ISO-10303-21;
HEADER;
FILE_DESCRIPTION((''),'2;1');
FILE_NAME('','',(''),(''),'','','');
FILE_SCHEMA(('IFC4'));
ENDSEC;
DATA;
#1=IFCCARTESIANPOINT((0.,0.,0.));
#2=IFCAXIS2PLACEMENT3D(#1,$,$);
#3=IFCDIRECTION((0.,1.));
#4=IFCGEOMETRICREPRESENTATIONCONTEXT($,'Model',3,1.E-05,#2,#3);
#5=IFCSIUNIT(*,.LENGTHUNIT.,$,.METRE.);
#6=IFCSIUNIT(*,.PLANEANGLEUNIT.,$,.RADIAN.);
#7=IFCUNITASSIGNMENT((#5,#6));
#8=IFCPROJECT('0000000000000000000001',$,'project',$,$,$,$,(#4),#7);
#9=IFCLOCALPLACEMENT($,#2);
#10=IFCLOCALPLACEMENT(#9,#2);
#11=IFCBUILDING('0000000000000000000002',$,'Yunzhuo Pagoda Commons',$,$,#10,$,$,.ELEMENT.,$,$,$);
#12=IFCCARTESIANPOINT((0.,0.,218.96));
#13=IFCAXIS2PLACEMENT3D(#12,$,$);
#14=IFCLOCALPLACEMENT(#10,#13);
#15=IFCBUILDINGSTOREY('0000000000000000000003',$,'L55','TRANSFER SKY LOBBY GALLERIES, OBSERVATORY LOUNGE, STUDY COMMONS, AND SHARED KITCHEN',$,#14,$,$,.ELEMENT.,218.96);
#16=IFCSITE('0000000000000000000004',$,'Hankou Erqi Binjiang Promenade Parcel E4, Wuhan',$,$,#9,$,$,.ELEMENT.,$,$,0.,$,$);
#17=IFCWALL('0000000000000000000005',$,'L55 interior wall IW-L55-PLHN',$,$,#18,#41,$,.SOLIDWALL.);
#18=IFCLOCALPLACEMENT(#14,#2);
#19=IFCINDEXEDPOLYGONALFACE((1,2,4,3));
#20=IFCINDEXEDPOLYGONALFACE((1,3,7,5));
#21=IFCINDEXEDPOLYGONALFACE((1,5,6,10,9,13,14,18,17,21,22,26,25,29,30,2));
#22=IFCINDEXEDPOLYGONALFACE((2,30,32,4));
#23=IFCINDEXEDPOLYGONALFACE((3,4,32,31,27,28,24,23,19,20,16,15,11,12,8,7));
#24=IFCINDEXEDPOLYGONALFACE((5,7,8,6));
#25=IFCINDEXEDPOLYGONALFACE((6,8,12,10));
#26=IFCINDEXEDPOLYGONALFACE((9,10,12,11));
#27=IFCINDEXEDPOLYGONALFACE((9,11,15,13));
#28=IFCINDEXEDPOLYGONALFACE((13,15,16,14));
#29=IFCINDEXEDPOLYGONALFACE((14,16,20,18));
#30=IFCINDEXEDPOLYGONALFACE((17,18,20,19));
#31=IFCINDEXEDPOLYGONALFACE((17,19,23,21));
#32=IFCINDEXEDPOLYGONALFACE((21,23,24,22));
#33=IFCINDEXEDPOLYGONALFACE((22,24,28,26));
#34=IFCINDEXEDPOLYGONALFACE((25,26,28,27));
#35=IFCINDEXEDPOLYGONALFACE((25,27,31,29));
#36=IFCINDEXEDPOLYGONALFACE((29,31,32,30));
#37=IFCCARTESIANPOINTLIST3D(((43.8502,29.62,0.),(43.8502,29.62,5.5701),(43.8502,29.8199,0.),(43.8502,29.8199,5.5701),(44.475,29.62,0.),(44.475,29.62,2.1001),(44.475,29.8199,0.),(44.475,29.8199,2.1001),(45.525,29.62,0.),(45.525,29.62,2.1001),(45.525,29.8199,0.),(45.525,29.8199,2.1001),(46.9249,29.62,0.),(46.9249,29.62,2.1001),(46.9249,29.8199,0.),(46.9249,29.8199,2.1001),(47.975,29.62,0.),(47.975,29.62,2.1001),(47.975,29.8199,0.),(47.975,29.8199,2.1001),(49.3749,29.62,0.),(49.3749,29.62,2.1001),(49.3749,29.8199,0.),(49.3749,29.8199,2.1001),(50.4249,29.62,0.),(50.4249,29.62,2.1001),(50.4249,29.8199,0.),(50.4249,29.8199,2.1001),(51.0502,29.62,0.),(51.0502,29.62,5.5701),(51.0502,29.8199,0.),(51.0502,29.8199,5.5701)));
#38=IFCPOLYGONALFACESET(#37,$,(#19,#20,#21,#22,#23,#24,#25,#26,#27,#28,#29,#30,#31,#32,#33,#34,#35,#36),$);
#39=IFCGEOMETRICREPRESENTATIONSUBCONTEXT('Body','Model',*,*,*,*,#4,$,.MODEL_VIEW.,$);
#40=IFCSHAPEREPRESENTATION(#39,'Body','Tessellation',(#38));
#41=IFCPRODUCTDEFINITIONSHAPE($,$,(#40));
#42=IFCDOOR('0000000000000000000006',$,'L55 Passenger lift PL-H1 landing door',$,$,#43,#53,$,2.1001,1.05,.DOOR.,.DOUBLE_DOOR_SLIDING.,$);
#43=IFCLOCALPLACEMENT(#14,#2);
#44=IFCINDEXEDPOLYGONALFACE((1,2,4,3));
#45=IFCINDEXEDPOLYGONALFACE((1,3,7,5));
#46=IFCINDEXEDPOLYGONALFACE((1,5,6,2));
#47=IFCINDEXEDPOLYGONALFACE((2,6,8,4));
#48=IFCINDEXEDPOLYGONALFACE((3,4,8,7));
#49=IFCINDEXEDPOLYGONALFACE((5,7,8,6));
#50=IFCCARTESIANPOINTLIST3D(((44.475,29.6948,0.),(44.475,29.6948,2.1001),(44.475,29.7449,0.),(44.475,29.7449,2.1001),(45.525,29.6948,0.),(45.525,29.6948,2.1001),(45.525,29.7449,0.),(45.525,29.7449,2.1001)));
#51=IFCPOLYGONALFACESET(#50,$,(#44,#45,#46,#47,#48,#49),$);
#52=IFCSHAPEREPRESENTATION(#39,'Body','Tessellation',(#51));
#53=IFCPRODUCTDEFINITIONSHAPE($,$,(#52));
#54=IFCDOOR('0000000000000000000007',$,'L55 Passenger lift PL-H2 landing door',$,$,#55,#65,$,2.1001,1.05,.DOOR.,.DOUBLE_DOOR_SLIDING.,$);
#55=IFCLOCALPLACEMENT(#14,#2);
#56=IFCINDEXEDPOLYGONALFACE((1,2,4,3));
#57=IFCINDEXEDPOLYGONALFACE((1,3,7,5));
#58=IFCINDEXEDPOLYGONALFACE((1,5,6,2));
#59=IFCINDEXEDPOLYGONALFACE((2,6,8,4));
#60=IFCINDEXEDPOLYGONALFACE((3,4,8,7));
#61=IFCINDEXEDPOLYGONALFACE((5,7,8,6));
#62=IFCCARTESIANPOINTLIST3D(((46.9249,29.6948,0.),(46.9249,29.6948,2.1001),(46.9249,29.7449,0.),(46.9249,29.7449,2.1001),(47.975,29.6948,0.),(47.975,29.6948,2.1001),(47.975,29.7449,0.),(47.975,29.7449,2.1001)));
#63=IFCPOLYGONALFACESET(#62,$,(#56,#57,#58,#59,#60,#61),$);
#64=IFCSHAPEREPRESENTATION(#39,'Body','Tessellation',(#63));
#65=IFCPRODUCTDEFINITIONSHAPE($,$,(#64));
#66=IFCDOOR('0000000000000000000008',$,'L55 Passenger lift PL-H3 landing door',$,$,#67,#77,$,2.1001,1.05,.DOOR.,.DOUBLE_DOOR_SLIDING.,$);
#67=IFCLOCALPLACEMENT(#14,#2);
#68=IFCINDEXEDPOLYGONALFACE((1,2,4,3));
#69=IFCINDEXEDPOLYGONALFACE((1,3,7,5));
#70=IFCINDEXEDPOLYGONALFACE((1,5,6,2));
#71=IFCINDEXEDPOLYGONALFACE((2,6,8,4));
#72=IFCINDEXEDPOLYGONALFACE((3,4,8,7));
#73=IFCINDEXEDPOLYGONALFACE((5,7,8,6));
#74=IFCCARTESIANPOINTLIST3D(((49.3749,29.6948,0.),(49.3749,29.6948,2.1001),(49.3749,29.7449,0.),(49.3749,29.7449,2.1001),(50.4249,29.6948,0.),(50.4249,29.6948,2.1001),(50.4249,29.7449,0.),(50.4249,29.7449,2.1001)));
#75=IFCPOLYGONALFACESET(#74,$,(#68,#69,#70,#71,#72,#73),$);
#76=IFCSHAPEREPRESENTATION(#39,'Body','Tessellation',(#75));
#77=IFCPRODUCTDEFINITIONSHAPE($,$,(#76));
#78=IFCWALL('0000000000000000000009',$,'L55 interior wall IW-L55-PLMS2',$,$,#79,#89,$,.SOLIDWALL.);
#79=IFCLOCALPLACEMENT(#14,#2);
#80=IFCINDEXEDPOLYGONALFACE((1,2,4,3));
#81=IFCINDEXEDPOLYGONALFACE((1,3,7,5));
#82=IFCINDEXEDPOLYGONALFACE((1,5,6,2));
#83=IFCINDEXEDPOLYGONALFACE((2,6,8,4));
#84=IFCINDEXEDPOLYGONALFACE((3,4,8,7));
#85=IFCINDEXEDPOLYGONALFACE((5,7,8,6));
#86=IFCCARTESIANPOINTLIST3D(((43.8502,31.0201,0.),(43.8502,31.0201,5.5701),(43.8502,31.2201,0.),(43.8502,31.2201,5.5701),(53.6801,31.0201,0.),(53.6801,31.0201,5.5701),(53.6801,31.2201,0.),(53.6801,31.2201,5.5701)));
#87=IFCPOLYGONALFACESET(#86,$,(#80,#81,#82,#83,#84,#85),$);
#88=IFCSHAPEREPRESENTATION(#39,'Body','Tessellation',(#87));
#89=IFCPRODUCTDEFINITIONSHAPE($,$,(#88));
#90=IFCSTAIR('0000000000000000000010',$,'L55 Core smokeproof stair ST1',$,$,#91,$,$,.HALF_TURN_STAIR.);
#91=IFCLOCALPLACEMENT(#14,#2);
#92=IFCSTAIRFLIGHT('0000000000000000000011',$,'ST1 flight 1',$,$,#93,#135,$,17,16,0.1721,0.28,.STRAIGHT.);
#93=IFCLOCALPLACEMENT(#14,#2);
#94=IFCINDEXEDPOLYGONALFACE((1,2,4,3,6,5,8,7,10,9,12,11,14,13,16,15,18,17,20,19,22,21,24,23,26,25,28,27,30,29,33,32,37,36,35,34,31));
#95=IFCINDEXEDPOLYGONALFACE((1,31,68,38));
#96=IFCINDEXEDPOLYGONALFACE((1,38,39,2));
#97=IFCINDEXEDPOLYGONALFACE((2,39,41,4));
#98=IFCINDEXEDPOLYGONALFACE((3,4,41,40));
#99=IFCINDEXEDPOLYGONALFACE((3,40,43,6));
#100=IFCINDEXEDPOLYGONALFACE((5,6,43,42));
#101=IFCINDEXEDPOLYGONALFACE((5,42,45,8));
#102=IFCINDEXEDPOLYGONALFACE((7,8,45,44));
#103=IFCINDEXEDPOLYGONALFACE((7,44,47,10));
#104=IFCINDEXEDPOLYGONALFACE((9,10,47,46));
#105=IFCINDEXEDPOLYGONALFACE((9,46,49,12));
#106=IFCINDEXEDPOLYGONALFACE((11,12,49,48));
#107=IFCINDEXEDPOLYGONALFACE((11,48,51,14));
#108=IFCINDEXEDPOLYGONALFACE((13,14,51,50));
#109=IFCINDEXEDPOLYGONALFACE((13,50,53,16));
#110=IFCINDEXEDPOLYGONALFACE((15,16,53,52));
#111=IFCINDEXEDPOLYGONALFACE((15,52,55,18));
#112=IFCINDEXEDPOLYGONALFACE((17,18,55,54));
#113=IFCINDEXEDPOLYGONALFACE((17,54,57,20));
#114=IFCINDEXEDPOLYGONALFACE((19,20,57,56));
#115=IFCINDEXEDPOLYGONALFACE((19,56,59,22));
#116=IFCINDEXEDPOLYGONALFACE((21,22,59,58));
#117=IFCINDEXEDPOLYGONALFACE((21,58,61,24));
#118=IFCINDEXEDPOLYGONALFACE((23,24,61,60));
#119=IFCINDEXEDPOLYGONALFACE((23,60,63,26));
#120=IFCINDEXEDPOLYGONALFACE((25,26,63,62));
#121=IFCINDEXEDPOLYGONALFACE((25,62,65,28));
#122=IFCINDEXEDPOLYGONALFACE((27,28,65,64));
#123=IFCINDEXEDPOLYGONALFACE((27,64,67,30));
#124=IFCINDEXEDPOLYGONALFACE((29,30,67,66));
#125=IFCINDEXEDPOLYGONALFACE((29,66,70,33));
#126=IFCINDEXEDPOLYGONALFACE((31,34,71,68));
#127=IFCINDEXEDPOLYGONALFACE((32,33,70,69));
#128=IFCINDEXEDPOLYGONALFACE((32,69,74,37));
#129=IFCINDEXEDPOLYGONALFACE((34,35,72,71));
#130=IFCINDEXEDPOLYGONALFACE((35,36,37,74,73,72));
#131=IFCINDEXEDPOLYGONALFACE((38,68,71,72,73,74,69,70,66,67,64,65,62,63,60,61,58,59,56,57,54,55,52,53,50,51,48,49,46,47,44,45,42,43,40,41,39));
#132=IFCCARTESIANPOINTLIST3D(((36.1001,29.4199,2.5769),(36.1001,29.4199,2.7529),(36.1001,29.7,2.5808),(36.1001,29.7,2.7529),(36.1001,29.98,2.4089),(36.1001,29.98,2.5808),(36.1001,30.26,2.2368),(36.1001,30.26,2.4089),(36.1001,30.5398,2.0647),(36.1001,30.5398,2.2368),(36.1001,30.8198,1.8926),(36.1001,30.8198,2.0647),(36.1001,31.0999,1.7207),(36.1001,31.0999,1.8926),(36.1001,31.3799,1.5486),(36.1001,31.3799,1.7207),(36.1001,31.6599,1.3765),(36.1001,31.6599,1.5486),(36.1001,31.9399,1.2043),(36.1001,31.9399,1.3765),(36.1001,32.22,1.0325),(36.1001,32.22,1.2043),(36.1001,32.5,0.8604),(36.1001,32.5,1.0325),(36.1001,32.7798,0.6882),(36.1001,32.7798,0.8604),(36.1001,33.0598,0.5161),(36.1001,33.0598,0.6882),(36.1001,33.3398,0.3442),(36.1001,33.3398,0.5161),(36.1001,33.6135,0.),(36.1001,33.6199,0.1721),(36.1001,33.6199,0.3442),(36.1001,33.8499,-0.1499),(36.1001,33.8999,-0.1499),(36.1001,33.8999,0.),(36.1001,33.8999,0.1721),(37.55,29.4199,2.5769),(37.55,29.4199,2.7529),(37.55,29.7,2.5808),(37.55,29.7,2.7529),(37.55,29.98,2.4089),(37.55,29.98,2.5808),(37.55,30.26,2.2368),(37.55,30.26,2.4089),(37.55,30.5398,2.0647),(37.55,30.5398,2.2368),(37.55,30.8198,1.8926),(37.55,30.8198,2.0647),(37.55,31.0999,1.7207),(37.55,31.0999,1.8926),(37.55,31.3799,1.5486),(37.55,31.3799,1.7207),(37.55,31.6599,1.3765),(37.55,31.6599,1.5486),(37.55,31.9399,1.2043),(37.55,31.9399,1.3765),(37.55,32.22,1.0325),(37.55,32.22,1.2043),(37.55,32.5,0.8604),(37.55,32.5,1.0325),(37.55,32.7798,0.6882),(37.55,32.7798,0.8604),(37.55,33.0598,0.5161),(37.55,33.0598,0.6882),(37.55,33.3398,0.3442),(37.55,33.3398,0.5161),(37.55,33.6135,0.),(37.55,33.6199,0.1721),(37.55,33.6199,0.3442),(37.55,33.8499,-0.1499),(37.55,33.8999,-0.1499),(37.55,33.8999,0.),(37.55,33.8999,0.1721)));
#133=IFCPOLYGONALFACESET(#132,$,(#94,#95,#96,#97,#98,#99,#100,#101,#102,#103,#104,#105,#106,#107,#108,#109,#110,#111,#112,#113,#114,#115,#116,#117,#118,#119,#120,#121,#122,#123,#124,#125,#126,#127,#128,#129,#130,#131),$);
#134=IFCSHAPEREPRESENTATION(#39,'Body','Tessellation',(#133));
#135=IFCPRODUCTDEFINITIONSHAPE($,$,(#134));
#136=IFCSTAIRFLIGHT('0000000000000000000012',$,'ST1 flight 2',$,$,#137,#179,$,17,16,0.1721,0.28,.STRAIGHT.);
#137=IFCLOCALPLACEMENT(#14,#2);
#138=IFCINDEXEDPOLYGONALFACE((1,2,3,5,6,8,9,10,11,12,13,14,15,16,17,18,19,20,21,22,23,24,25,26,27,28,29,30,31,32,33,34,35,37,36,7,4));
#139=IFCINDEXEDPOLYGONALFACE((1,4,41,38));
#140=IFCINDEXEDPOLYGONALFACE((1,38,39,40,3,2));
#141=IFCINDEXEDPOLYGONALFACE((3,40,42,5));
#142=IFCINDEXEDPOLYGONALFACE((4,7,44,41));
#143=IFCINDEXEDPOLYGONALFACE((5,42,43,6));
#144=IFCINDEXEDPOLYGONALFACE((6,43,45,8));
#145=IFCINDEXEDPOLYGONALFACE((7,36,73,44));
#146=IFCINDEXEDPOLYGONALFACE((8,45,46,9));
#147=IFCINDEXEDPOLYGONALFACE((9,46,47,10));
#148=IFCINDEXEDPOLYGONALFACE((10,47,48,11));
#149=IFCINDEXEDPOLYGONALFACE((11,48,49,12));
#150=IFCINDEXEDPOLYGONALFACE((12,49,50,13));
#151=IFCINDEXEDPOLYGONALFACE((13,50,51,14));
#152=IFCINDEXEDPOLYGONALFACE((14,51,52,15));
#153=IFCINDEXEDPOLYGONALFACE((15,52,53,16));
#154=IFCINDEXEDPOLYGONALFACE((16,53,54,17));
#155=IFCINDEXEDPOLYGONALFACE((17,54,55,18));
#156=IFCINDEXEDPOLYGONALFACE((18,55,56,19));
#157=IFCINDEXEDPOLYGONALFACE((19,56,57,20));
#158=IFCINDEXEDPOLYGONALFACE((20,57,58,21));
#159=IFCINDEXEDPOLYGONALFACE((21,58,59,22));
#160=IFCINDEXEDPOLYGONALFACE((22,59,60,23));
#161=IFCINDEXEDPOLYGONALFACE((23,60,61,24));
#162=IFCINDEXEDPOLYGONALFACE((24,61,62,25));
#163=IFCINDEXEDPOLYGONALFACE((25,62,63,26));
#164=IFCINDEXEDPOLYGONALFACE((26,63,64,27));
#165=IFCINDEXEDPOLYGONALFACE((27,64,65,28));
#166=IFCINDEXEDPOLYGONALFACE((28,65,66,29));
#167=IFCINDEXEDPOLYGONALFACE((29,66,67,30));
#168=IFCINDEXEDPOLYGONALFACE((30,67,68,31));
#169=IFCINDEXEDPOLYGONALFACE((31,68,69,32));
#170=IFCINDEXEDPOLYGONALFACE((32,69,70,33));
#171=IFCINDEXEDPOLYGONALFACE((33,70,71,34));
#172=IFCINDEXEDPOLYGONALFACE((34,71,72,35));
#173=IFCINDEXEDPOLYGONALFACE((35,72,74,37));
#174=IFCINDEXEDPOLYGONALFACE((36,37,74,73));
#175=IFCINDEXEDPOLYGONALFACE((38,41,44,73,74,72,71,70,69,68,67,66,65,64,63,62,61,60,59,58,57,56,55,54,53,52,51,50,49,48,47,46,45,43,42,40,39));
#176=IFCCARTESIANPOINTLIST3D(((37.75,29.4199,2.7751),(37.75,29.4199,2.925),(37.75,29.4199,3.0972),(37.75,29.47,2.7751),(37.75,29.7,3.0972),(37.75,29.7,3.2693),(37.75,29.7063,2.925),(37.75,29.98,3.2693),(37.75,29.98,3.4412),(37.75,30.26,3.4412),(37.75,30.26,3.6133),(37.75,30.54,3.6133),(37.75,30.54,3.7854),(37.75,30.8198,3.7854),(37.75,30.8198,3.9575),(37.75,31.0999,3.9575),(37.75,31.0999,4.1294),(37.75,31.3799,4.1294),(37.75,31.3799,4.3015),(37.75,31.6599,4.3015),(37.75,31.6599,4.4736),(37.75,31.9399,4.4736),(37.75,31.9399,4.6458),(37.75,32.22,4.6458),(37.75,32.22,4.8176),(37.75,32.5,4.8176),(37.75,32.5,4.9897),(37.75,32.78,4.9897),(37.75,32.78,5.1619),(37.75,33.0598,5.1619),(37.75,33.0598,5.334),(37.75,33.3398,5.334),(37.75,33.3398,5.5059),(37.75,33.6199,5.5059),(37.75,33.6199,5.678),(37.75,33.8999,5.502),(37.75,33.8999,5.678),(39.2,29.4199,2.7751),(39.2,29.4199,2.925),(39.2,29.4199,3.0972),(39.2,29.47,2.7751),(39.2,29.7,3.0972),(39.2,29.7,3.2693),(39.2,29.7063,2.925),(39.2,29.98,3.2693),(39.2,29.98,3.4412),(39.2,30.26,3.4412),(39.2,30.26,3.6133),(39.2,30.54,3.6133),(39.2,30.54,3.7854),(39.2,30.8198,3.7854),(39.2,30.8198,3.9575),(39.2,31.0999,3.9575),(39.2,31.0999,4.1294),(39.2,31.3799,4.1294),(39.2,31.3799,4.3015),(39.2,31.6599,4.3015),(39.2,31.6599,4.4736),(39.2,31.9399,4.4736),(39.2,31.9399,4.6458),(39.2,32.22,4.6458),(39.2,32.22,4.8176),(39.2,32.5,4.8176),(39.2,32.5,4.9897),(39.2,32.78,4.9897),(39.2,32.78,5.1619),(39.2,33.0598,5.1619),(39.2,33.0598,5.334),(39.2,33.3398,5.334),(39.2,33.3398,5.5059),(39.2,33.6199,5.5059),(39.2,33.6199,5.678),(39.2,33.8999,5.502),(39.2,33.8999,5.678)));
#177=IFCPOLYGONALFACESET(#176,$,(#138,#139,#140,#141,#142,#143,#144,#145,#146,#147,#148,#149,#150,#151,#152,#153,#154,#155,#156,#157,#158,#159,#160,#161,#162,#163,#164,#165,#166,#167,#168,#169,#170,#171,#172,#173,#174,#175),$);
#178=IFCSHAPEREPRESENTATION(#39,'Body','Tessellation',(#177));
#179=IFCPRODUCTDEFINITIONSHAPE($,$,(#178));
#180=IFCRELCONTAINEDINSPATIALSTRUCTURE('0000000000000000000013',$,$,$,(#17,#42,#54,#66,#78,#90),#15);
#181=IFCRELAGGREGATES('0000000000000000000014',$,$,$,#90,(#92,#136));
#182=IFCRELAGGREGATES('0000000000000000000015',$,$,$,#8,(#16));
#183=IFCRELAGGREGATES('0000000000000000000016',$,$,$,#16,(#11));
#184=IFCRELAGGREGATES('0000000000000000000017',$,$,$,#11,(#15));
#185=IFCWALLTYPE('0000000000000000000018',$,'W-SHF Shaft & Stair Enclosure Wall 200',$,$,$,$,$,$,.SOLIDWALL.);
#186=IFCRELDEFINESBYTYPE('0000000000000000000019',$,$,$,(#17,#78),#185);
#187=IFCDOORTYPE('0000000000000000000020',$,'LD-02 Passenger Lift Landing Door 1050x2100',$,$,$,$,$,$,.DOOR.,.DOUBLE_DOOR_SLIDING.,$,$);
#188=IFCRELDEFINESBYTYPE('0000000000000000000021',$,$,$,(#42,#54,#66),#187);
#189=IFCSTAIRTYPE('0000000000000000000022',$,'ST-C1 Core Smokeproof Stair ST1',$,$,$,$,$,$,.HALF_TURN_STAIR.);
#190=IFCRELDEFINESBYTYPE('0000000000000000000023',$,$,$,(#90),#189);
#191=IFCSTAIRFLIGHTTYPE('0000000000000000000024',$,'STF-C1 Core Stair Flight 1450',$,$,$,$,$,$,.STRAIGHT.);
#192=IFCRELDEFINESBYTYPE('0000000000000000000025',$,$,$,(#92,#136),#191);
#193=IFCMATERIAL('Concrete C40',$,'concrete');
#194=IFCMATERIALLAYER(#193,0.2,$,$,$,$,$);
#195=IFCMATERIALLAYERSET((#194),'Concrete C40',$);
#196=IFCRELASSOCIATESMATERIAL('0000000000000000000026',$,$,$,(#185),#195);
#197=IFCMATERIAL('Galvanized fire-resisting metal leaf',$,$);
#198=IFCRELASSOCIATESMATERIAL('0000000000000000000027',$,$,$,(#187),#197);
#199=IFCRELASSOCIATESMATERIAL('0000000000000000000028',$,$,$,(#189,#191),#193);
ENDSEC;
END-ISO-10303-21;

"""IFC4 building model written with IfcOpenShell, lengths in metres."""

from ifc_helpers import new_model, si_unit, direction, frame, frame_2d, origin, origin_with_axes, place, context, subcontext, project, spatial, polyline, rectangle, outline, extrude, source, transform, mapped, material, layer, layer_set, type_object, element, fill, aggregate, save


model = new_model("IFC4")

# Units and contexts
model_context = context("Model", 3, precision=1e-05, world=origin(), true_north=direction((0.0, 1.0)))
body_context = subcontext(model_context, "Body", "Model", "MODEL_VIEW")
ifc_project = project(units=[si_unit("LENGTHUNIT", "METRE"), si_unit("PLANEANGLEUNIT", "RADIAN")], contexts=[model_context])

# Site, building, storey
site_placement = place(None, origin())
site = spatial("IfcSite", under=ifc_project, at=site_placement, Name="Hankou Erqi Binjiang Promenade Parcel E4, Wuhan", CompositionType="ELEMENT", RefElevation=0.0)
building_placement = place(site_placement, origin())
building = spatial("IfcBuilding", under=site, at=building_placement, Name="Yunzhuo Pagoda Commons", CompositionType="ELEMENT")
storey_placement = place(building_placement, frame((0.0, 0.0, 218.96)))
storey = spatial("IfcBuildingStorey", under=building, at=storey_placement, Name="L55", Description="TRANSFER SKY LOBBY GALLERIES, OBSERVATORY LOUNGE, STUDY COMMONS, AND SHARED KITCHEN", CompositionType="ELEMENT", Elevation=218.96)

# Shared definitions
ifc_material_1 = material(Name="Concrete C40", Category="concrete")
ifc_layer_1 = layer(ifc_material_1, 0.2)
ifc_layer_set_1 = layer_set([ifc_layer_1], Name="Concrete C40")
wall_type_1 = type_object("IfcWallType", Name="W-SHF Shaft & Stair Enclosure Wall 200", PredefinedType="SOLIDWALL", material=ifc_layer_set_1)
ifc_material_2 = material(Name="Galvanized fire-resisting metal leaf")
door_type = type_object("IfcDoorType", Name="LD-02 Passenger Lift Landing Door 1050x2100", OperationType="DOUBLE_DOOR_SLIDING", PredefinedType="DOOR", material=ifc_material_2)
shared_shape_1 = source(origin(), body_context, "Body", "SweptSolid", [
    extrude(rectangle(XDim=1.05, YDim=2.1001, at=frame_2d((0.5249, 1.05))), frame((0.0, 0.0249, 0.0), z_axis=(0.0, -1.0, 0.0), x_axis=(1.0, 0.0, 0.0)), (0.0, 0.0, 1.0), 0.05),
])

# Wall, openings, doors
wall_1_placement = place(storey_placement, frame((43.8501, 29.72, 0.0), z_axis=(0.0, 0.0, 1.0), x_axis=(1.0, 0.0, 0.0)))
wall_1 = element("IfcWall", 1, at=wall_1_placement, inside=storey, type_object=wall_type_1, Name="L55 interior wall IW-L55-PLHN", PredefinedType="SOLIDWALL", context=body_context, shape_type="SweptSolid", body=[
    extrude(rectangle(XDim=7.2, YDim=0.2, at=frame_2d((3.6001, 0.0))), origin(), (0.0, 0.0, 1.0), 5.5701),
])
opening_1_placement = place(wall_1_placement, frame((0.625, 0.0, 0.0)))
opening_1 = element("IfcOpeningElement", 2, at=opening_1_placement, cuts=wall_1, PredefinedType="OPENING", context=body_context, shape_type="SweptSolid", body=[
    extrude(rectangle(XDim=1.05, YDim=2.1001, at=frame_2d((0.5249, 1.05))), frame((0.0, 0.1099, 0.0), z_axis=(0.0, -1.0, 0.0), x_axis=(1.0, 0.0, 0.0)), (0.0, 0.0, 1.0), 0.22),
])
opening_2_placement = place(wall_1_placement, frame((3.075, 0.0, 0.0)))
opening_2 = element("IfcOpeningElement", 3, at=opening_2_placement, cuts=wall_1, PredefinedType="OPENING", context=body_context, shape_type="SweptSolid", body=[
    extrude(rectangle(XDim=1.05, YDim=2.1001, at=frame_2d((0.5249, 1.05))), frame((0.0, 0.1099, 0.0), z_axis=(0.0, -1.0, 0.0), x_axis=(1.0, 0.0, 0.0)), (0.0, 0.0, 1.0), 0.22),
])
opening_3_placement = place(wall_1_placement, frame((5.5249, 0.0, 0.0)))
opening_3 = element("IfcOpeningElement", 4, at=opening_3_placement, cuts=wall_1, PredefinedType="OPENING", context=body_context, shape_type="SweptSolid", body=[
    extrude(rectangle(XDim=1.05, YDim=2.1001, at=frame_2d((0.5249, 1.05))), frame((0.0, 0.1099, 0.0), z_axis=(0.0, -1.0, 0.0), x_axis=(1.0, 0.0, 0.0)), (0.0, 0.0, 1.0), 0.22),
])
door_1_placement = place(opening_1_placement, origin_with_axes())
door_1 = element("IfcDoor", 5, at=door_1_placement, inside=storey, type_object=door_type, Name="L55 Passenger lift PL-H1 landing door", OperationType="DOUBLE_DOOR_SLIDING", OverallHeight=2.1001, OverallWidth=1.05, PredefinedType="DOOR", context=body_context, shape_type="MappedRepresentation", body=[
    mapped(shared_shape_1, transform((0.0, 0.0, 0.0), scale=1.0)),
])
fill(opening_1, door_1)
door_2_placement = place(opening_2_placement, origin_with_axes())
door_2 = element("IfcDoor", 6, at=door_2_placement, inside=storey, type_object=door_type, Name="L55 Passenger lift PL-H2 landing door", OperationType="DOUBLE_DOOR_SLIDING", OverallHeight=2.1001, OverallWidth=1.05, PredefinedType="DOOR", context=body_context, shape_type="MappedRepresentation", body=[
    mapped(shared_shape_1, transform((0.0, 0.0, 0.0), scale=1.0)),
])
fill(opening_2, door_2)
door_3_placement = place(opening_3_placement, origin_with_axes())
door_3 = element("IfcDoor", 7, at=door_3_placement, inside=storey, type_object=door_type, Name="L55 Passenger lift PL-H3 landing door", OperationType="DOUBLE_DOOR_SLIDING", OverallHeight=2.1001, OverallWidth=1.05, PredefinedType="DOOR", context=body_context, shape_type="MappedRepresentation", body=[
    mapped(shared_shape_1, transform((0.0, 0.0, 0.0), scale=1.0)),
])
fill(opening_3, door_3)

# Wall
wall_2_placement = place(storey_placement, frame((43.8501, 31.1201, 0.0), z_axis=(0.0, 0.0, 1.0), x_axis=(1.0, 0.0, 0.0)))
element("IfcWall", 8, at=wall_2_placement, inside=storey, type_object=wall_type_1, Name="L55 interior wall IW-L55-PLMS2", PredefinedType="SOLIDWALL", context=body_context, shape_type="SweptSolid", body=[
    extrude(rectangle(XDim=9.8298, YDim=0.2, at=frame_2d((4.915, 0.0))), origin(), (0.0, 0.0, 1.0), 5.5701),
])

# Stair, stair flights
stair_type = type_object("IfcStairType", Name="ST-C1 Core Smokeproof Stair ST1", PredefinedType="HALF_TURN_STAIR", material=ifc_material_1)
stair_placement = place(storey_placement, origin())
stair = element("IfcStair", 9, at=stair_placement, inside=storey, type_object=stair_type, Name="L55 Core smokeproof stair ST1", PredefinedType="HALF_TURN_STAIR")
stair_flight_type = type_object("IfcStairFlightType", Name="STF-C1 Core Stair Flight 1450", PredefinedType="STRAIGHT", material=ifc_material_1)
shared_shape_2 = source(origin(), body_context, "Body", "SweptSolid", [
    extrude(outline(polyline([(0.0, -0.1499), (0.0, 0.0), (0.0, 0.1721), (0.28, 0.1721), (0.28, 0.3442), (0.5601, 0.3442), (0.5601, 0.5161), (0.8401, 0.5161), (0.8401, 0.6882), (1.1201, 0.6882), (1.1201, 0.8604), (1.3999, 0.8604), (1.3999, 1.0325), (1.6799, 1.0325), (1.6799, 1.2043), (1.96, 1.2043), (1.96, 1.3765), (2.24, 1.3765), (2.24, 1.5486), (2.52, 1.5486), (2.52, 1.7207), (2.8, 1.7207), (2.8, 1.8926), (3.0801, 1.8926), (3.0801, 2.0647), (3.3601, 2.0647), (3.3601, 2.2368), (3.6399, 2.2368), (3.6399, 2.4089), (3.9199, 2.4089), (3.9199, 2.5808), (4.2, 2.5808), (4.2, 2.7529), (4.48, 2.7529), (4.48, 2.925), (4.48, 2.5769), (0.2864, 0.0), (0.05, -0.1499), (0.0, -0.1499)])), frame((0.0, 0.7251, 0.0), z_axis=(0.0, -1.0, 0.0), x_axis=(1.0, 0.0, 0.0)), (0.0, 0.0, 1.0), 1.45),
])
stair_flight_1_placement = place(storey_placement, frame((36.825, 33.8999, 0.0), z_axis=(0.0, 0.0, 1.0), x_axis=(0.0, -1.0, 0.0)))
stair_flight_1 = element("IfcStairFlight", 10, at=stair_flight_1_placement, type_object=stair_flight_type, Name="ST1 flight 1", NumberOfRisers=17, NumberOfTreads=16, PredefinedType="STRAIGHT", RiserHeight=0.1721, TreadLength=0.28, context=body_context, shape_type="MappedRepresentation", body=[
    mapped(shared_shape_2, transform((0.0, 0.0, 0.0), scale=1.0)),
])
stair_flight_2_placement = place(storey_placement, frame((38.4751, 29.4199, 2.925), z_axis=(0.0, 0.0, 1.0), x_axis=(0.0, 1.0, 0.0)))
stair_flight_2 = element("IfcStairFlight", 11, at=stair_flight_2_placement, type_object=stair_flight_type, Name="ST1 flight 2", NumberOfRisers=17, NumberOfTreads=16, PredefinedType="STRAIGHT", RiserHeight=0.1721, TreadLength=0.28, context=body_context, shape_type="MappedRepresentation", body=[
    mapped(shared_shape_2, transform((0.0, 0.0, 0.0), scale=1.0)),
])
aggregate(stair, [stair_flight_1, stair_flight_2])

save(model, "model.ifc")
